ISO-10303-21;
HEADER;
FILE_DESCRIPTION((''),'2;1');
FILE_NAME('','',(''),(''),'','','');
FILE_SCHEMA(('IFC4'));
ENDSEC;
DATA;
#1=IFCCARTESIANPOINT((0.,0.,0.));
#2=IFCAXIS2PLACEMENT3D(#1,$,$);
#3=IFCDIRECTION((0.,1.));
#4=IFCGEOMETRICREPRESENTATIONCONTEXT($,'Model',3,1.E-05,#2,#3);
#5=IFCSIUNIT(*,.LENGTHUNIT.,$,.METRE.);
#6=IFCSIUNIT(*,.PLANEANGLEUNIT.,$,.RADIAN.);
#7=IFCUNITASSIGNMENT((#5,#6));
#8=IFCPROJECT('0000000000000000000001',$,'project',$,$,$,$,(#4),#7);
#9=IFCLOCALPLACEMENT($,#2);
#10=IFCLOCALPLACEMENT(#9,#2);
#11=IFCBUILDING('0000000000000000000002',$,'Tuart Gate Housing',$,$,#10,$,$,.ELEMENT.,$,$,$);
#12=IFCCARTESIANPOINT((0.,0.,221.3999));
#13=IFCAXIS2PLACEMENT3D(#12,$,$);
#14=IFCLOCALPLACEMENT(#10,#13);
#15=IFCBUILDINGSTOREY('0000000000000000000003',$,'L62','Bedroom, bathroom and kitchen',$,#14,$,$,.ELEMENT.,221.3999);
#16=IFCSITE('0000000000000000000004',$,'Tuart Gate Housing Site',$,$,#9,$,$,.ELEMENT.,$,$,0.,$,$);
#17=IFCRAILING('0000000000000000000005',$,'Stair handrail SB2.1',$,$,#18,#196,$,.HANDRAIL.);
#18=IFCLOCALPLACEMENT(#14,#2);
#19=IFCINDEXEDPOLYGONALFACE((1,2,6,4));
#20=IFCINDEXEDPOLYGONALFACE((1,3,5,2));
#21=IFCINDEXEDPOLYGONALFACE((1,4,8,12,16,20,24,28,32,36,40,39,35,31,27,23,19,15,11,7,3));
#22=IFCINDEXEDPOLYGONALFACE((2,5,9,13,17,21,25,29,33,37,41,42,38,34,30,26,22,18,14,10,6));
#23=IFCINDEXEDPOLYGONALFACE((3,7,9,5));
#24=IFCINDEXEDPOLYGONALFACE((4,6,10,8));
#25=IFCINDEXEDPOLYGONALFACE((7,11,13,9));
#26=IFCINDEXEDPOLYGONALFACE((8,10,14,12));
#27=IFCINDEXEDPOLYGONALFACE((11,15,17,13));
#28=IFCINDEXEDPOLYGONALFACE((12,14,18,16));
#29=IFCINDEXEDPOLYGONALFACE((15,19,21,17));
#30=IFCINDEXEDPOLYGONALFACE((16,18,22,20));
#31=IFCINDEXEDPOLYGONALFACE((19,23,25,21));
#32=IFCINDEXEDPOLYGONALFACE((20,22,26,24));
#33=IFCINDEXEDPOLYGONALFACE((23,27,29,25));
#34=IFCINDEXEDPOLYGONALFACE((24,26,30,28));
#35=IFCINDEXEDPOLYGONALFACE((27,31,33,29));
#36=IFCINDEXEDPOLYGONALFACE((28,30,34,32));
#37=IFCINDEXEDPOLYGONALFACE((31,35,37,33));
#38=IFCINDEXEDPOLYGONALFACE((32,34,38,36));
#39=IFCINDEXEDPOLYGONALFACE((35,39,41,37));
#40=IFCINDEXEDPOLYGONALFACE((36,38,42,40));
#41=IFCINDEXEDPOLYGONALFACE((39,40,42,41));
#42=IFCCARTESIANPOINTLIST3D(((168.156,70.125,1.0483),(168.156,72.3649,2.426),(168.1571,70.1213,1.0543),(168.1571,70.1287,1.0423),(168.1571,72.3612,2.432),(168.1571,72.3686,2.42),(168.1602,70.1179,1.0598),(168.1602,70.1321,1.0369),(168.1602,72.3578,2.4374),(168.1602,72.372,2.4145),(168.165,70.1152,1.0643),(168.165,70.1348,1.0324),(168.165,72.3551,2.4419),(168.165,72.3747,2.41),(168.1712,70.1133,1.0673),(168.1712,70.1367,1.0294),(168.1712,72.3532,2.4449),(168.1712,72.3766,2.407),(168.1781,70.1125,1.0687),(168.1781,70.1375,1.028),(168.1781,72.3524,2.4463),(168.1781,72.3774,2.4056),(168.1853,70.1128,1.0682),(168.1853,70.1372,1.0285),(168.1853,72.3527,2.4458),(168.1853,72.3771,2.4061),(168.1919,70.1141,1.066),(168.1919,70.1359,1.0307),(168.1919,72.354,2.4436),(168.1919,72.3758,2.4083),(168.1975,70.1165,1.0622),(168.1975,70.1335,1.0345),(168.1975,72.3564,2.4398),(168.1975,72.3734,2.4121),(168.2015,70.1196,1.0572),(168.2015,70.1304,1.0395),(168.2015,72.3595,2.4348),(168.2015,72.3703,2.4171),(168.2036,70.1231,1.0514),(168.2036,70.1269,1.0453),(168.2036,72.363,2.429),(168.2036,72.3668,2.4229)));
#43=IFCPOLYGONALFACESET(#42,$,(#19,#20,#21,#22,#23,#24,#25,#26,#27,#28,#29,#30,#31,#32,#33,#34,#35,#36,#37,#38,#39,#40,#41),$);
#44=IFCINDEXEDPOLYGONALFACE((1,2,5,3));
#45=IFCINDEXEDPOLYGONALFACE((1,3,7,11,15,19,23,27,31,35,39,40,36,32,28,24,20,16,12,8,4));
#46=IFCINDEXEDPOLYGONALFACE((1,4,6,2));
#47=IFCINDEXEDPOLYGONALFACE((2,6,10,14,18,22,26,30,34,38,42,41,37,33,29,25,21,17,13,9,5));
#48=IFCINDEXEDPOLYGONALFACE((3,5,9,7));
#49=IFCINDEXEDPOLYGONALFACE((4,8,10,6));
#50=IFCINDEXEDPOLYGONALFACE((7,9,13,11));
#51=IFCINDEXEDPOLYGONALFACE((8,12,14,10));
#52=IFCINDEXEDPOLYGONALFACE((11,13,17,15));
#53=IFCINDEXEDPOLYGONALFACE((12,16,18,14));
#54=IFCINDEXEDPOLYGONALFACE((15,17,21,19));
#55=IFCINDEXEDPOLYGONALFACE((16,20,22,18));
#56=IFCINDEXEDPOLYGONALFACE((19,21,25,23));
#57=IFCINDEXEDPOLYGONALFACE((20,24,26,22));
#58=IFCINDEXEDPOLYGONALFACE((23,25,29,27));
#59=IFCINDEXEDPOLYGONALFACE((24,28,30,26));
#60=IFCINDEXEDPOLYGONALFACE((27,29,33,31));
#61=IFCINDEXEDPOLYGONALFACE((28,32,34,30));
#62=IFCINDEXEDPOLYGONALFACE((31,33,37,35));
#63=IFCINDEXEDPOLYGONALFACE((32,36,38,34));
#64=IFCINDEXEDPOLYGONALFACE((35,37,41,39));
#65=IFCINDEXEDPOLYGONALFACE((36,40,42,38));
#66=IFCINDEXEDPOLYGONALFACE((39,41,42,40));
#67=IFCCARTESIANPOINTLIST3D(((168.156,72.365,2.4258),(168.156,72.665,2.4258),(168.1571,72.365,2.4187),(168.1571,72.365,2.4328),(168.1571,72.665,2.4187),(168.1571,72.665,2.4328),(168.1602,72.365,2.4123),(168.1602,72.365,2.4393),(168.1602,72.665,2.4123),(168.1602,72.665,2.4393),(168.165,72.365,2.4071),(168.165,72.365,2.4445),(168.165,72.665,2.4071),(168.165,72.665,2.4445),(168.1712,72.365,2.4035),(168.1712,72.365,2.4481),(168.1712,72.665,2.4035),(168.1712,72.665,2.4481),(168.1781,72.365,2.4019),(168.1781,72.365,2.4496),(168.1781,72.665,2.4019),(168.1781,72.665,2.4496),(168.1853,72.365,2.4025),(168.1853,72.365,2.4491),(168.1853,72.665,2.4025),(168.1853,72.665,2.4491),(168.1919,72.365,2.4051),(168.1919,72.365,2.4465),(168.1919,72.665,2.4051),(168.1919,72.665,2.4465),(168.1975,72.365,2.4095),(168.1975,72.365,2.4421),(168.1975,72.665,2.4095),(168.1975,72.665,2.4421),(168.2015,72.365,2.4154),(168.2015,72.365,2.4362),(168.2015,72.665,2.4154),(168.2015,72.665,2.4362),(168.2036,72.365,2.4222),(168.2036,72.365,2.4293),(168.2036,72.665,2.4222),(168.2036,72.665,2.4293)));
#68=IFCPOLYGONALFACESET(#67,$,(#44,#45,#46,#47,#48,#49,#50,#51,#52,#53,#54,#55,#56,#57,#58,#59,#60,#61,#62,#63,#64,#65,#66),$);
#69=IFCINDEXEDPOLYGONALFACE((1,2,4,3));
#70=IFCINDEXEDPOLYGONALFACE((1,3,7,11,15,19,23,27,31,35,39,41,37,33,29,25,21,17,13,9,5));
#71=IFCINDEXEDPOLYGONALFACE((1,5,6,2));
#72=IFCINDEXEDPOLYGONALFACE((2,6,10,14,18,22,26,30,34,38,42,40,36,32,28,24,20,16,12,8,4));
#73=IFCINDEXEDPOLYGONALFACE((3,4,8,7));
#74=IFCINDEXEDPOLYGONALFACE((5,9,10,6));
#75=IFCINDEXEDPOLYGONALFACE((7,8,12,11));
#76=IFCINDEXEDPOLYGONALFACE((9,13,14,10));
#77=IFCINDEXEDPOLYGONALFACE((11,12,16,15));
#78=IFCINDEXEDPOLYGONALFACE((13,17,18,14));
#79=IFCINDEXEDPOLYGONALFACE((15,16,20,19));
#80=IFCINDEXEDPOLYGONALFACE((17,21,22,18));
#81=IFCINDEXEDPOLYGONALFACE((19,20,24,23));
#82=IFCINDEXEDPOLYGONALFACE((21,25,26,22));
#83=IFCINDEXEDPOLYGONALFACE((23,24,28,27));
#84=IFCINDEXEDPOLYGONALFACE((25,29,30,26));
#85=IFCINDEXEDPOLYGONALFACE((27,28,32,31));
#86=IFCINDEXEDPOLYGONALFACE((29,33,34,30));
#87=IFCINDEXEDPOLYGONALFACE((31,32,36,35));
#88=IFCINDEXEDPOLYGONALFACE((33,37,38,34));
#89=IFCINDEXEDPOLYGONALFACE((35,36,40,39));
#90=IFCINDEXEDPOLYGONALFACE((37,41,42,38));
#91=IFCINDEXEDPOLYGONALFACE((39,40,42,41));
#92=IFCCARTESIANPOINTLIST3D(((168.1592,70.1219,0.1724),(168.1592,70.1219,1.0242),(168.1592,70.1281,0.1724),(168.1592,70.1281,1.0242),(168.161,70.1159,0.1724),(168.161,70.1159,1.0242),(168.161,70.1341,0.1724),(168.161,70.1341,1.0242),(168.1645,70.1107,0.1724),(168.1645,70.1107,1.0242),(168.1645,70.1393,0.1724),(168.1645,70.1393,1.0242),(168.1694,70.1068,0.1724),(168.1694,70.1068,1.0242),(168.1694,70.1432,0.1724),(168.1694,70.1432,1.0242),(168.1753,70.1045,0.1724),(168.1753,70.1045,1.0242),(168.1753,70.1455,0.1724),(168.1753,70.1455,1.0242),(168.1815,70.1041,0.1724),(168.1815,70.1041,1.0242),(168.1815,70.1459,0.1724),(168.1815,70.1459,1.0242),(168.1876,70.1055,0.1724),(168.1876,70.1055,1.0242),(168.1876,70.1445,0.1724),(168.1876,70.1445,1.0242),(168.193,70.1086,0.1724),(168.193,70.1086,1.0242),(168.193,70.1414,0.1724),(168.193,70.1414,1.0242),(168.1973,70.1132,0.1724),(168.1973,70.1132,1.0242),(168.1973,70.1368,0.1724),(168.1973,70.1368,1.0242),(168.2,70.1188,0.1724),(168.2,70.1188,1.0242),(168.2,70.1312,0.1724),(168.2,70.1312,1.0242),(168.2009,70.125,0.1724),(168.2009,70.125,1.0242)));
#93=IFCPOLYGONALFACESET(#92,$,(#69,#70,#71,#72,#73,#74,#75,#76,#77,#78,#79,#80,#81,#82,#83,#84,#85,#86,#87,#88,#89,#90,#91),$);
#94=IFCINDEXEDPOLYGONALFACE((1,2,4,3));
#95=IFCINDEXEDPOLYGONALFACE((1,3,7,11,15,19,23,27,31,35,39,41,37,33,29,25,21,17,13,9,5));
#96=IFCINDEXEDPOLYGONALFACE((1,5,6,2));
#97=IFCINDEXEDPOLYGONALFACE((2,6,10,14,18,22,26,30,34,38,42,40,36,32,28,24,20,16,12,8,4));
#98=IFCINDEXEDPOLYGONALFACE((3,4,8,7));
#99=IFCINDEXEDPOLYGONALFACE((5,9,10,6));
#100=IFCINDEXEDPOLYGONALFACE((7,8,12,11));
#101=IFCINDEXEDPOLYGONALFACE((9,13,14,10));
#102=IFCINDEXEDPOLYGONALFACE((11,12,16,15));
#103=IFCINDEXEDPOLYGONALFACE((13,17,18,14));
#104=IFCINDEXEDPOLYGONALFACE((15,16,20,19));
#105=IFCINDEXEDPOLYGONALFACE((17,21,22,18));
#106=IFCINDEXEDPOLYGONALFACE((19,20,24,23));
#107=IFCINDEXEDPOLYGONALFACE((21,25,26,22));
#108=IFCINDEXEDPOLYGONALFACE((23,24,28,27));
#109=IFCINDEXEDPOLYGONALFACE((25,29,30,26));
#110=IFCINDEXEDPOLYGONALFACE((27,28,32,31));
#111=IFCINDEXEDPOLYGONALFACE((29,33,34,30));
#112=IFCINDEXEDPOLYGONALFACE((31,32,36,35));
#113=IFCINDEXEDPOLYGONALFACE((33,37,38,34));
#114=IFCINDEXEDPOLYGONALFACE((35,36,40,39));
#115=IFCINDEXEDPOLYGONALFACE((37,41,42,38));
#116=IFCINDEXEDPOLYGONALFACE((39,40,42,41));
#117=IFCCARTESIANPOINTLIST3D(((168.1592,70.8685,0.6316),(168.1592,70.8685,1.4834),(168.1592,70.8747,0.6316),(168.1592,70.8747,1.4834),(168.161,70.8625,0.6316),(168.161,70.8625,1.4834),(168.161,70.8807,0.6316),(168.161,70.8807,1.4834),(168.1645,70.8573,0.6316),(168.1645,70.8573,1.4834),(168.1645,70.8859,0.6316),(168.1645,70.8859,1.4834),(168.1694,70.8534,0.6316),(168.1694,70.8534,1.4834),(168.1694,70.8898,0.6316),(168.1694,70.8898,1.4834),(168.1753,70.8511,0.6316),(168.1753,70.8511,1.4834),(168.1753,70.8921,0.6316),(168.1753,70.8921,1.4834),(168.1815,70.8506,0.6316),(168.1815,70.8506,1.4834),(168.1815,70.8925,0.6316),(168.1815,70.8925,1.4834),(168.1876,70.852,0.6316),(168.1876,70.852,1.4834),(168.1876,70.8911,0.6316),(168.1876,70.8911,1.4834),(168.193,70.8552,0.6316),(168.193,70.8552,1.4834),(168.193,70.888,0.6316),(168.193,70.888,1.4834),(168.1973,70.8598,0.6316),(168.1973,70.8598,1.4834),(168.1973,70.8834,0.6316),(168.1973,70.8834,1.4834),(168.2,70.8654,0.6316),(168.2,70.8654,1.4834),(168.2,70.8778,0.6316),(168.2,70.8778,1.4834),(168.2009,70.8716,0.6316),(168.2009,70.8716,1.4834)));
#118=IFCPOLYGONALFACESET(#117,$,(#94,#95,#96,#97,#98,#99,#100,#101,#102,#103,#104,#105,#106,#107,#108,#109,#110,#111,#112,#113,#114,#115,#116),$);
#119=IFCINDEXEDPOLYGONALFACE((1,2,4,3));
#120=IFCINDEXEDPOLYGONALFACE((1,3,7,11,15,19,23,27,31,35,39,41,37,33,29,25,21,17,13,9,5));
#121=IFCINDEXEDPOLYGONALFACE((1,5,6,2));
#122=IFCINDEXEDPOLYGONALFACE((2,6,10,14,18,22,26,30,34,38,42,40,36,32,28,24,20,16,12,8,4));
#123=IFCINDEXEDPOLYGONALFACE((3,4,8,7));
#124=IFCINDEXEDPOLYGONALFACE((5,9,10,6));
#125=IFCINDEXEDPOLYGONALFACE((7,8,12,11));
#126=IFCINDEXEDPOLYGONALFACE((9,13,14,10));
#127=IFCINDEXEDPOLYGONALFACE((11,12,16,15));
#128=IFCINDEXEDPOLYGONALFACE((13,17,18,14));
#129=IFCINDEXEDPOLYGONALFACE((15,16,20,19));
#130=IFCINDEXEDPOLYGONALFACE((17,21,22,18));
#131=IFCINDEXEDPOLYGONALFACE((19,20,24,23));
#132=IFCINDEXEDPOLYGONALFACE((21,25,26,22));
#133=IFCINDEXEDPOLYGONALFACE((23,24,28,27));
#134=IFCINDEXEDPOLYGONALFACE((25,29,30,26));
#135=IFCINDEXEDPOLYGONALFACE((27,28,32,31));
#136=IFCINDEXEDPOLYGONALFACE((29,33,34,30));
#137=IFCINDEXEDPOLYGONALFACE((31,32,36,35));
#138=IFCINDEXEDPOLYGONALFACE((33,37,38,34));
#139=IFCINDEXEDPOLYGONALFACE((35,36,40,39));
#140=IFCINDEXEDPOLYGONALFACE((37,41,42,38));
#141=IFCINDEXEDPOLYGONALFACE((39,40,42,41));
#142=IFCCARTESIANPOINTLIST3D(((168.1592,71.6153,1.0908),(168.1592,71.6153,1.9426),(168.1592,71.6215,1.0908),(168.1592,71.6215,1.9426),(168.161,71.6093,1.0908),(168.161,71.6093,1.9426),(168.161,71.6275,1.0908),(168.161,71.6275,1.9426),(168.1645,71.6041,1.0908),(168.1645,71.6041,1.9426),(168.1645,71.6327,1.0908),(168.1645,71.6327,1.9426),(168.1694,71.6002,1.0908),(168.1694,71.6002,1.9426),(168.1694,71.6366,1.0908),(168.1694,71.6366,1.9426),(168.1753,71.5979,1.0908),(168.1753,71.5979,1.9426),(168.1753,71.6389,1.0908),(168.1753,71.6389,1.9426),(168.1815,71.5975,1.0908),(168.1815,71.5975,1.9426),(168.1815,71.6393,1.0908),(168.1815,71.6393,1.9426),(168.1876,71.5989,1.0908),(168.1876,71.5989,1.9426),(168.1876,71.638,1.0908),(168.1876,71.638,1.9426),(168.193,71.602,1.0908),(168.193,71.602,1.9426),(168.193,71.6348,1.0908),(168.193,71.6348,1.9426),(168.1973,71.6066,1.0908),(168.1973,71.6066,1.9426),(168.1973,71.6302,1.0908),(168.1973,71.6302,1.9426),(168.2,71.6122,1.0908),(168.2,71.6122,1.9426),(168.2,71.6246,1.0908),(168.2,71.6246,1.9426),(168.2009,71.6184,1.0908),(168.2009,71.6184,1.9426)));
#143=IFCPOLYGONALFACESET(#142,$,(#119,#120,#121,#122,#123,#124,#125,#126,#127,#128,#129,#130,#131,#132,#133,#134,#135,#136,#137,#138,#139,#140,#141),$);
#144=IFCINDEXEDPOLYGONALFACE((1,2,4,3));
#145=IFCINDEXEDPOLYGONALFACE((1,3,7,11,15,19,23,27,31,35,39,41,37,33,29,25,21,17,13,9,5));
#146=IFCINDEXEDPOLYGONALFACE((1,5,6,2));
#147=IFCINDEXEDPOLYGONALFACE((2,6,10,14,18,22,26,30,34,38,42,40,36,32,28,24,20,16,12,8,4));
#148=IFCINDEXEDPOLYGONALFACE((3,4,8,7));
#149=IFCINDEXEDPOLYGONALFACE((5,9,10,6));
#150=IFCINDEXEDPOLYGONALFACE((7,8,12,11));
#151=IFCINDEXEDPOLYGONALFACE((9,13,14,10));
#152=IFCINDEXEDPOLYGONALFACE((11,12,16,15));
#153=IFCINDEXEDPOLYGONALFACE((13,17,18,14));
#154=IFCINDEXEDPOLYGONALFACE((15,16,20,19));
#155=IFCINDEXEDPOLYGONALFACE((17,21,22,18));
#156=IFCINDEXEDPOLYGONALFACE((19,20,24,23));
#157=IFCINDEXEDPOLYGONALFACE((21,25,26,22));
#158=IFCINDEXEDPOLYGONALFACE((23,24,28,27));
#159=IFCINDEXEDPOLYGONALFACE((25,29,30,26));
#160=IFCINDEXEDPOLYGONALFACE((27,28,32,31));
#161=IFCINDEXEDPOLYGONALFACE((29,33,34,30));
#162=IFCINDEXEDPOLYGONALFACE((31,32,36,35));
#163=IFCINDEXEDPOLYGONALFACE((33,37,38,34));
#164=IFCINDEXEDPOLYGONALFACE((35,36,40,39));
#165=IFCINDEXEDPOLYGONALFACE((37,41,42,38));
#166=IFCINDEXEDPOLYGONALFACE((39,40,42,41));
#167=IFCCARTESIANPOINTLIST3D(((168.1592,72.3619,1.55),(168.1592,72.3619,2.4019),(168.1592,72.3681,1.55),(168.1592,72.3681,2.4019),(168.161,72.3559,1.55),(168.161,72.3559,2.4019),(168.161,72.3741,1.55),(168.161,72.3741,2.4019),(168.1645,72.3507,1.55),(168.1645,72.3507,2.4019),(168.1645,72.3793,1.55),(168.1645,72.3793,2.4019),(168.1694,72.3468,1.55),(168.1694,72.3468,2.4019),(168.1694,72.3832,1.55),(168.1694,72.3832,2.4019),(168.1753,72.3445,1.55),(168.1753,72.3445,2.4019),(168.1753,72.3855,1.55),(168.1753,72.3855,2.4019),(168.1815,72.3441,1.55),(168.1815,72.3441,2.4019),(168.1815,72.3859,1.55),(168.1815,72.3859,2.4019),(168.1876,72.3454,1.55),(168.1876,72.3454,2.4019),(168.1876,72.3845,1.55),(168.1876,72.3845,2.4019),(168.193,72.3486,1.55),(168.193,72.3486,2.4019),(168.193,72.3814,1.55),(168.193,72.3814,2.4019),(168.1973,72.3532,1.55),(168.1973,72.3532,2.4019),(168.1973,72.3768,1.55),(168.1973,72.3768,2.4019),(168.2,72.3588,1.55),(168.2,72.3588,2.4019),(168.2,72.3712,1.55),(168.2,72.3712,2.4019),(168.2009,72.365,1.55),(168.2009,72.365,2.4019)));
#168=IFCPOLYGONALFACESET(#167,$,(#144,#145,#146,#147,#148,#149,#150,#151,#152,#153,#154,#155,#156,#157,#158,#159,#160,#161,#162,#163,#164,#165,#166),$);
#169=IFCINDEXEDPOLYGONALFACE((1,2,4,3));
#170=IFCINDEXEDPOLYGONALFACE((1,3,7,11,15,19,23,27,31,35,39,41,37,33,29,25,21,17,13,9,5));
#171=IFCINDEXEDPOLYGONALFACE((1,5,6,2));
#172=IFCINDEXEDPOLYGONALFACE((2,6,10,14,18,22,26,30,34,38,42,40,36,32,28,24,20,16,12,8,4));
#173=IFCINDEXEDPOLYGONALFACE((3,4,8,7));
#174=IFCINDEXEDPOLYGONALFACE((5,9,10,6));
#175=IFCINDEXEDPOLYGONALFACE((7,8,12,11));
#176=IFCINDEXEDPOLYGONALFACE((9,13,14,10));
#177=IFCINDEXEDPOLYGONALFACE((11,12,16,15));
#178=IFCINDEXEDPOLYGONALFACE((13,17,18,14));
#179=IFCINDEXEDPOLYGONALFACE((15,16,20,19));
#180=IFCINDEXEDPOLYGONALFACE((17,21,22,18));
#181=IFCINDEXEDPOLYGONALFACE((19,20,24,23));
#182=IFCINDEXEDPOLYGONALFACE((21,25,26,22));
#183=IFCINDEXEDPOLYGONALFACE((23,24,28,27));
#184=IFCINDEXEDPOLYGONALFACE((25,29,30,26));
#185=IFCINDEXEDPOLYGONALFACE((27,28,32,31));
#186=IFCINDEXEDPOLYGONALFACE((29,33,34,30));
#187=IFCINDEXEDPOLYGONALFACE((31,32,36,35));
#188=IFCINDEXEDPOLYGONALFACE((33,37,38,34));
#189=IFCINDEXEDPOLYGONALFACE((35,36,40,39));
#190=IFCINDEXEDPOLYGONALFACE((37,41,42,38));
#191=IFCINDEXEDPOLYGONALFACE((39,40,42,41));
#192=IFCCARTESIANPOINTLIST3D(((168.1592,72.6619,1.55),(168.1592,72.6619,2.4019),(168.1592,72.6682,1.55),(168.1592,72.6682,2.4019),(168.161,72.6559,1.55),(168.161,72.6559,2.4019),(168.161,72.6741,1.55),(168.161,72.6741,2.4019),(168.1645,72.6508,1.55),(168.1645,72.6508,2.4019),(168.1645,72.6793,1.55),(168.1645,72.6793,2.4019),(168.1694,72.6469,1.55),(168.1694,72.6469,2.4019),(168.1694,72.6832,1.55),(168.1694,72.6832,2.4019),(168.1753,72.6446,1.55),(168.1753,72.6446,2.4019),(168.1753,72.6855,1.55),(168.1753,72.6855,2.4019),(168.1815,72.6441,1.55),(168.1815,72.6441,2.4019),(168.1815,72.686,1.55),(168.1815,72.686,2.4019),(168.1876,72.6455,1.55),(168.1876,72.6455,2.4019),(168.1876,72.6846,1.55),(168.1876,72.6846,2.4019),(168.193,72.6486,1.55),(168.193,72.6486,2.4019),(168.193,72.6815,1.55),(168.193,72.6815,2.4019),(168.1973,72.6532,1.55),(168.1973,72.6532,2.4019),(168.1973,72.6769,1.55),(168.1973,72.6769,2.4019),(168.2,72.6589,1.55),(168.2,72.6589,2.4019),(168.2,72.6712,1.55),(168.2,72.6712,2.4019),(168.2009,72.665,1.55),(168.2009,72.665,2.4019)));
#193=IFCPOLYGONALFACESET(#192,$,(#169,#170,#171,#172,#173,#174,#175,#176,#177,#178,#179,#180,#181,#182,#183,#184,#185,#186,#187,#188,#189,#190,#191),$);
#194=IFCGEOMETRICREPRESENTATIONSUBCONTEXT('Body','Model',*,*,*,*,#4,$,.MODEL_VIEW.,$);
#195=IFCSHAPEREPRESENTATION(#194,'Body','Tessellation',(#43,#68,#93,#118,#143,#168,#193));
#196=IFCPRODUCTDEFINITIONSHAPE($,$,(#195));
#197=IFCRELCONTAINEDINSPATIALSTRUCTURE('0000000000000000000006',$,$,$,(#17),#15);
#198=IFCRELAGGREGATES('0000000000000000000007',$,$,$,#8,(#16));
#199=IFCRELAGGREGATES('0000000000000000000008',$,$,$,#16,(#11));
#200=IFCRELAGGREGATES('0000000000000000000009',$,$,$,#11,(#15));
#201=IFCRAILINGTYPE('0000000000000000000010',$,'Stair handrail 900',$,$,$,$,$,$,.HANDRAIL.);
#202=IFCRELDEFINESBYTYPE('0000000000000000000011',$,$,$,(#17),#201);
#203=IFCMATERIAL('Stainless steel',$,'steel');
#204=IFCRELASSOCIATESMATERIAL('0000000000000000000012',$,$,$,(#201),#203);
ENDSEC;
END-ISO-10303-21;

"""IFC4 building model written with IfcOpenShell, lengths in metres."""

from ifc_helpers import new_model, si_unit, direction, frame, origin, origin_2d, place, context, subcontext, project, spatial, circle, extrude, material, type_object, element, save


model = new_model("IFC4")

# Units and contexts
model_context = context("Model", 3, precision=1e-05, world=origin(), true_north=direction((0.0, 1.0)))
body_context = subcontext(model_context, "Body", "Model", "MODEL_VIEW")
ifc_project = project(units=[si_unit("LENGTHUNIT", "METRE"), si_unit("PLANEANGLEUNIT", "RADIAN")], contexts=[model_context])

# Site, building, storey
site_placement = place(None, origin())
site = spatial("IfcSite", under=ifc_project, at=site_placement, Name="Tuart Gate Housing Site", CompositionType="ELEMENT", RefElevation=0.0)
building_placement = place(site_placement, origin())
building = spatial("IfcBuilding", under=site, at=building_placement, Name="Tuart Gate Housing", CompositionType="ELEMENT")
storey_placement = place(building_placement, frame((0.0, 0.0, 221.3999)))
storey = spatial("IfcBuildingStorey", under=building, at=storey_placement, Name="L62", Description="Bedroom, bathroom and kitchen", CompositionType="ELEMENT", Elevation=221.3999)

# Railing
ifc_material_1 = material(Name="Stainless steel", Category="steel")
railing_type = type_object("IfcRailingType", Name="Stair handrail 900", PredefinedType="HANDRAIL", material=ifc_material_1)
railing_placement = place(storey_placement, frame((168.1799, 70.125, 0.1724)))
element("IfcRailing", 1, at=railing_placement, inside=storey, type_object=railing_type, Name="Stair handrail SB2.1", PredefinedType="HANDRAIL", context=body_context, shape_type="SweptSolid", body=[
    extrude(circle(Radius=0.0239, at=origin_2d()), frame((0.0, 0.0, 0.876), z_axis=(0.0, 0.851789, 0.523885), x_axis=(-1.0, 0.0, 0.0)), (0.0, 0.0, 1.0), 2.6296),
    extrude(circle(Radius=0.0239, at=origin_2d()), frame((0.0, 2.24, 2.2534), z_axis=(0.0, 1.0, 0.0), x_axis=(-1.0, 0.0, 0.0)), (0.0, 0.0, 1.0), 0.3),
    extrude(circle(Radius=0.021, at=origin_2d()), origin(), (0.0, 0.0, 1.0), 0.8518),
    extrude(circle(Radius=0.021, at=origin_2d()), frame((0.0, 0.7466, 0.4592)), (0.0, 0.0, 1.0), 0.8518),
    extrude(circle(Radius=0.021, at=origin_2d()), frame((0.0, 1.4934, 0.9185)), (0.0, 0.0, 1.0), 0.8518),
    extrude(circle(Radius=0.021, at=origin_2d()), frame((0.0, 2.24, 1.3777)), (0.0, 0.0, 1.0), 0.8518),
    extrude(circle(Radius=0.021, at=origin_2d()), frame((0.0, 2.54, 1.3777)), (0.0, 0.0, 1.0), 0.8518),
])

save(model, "model.ifc")
